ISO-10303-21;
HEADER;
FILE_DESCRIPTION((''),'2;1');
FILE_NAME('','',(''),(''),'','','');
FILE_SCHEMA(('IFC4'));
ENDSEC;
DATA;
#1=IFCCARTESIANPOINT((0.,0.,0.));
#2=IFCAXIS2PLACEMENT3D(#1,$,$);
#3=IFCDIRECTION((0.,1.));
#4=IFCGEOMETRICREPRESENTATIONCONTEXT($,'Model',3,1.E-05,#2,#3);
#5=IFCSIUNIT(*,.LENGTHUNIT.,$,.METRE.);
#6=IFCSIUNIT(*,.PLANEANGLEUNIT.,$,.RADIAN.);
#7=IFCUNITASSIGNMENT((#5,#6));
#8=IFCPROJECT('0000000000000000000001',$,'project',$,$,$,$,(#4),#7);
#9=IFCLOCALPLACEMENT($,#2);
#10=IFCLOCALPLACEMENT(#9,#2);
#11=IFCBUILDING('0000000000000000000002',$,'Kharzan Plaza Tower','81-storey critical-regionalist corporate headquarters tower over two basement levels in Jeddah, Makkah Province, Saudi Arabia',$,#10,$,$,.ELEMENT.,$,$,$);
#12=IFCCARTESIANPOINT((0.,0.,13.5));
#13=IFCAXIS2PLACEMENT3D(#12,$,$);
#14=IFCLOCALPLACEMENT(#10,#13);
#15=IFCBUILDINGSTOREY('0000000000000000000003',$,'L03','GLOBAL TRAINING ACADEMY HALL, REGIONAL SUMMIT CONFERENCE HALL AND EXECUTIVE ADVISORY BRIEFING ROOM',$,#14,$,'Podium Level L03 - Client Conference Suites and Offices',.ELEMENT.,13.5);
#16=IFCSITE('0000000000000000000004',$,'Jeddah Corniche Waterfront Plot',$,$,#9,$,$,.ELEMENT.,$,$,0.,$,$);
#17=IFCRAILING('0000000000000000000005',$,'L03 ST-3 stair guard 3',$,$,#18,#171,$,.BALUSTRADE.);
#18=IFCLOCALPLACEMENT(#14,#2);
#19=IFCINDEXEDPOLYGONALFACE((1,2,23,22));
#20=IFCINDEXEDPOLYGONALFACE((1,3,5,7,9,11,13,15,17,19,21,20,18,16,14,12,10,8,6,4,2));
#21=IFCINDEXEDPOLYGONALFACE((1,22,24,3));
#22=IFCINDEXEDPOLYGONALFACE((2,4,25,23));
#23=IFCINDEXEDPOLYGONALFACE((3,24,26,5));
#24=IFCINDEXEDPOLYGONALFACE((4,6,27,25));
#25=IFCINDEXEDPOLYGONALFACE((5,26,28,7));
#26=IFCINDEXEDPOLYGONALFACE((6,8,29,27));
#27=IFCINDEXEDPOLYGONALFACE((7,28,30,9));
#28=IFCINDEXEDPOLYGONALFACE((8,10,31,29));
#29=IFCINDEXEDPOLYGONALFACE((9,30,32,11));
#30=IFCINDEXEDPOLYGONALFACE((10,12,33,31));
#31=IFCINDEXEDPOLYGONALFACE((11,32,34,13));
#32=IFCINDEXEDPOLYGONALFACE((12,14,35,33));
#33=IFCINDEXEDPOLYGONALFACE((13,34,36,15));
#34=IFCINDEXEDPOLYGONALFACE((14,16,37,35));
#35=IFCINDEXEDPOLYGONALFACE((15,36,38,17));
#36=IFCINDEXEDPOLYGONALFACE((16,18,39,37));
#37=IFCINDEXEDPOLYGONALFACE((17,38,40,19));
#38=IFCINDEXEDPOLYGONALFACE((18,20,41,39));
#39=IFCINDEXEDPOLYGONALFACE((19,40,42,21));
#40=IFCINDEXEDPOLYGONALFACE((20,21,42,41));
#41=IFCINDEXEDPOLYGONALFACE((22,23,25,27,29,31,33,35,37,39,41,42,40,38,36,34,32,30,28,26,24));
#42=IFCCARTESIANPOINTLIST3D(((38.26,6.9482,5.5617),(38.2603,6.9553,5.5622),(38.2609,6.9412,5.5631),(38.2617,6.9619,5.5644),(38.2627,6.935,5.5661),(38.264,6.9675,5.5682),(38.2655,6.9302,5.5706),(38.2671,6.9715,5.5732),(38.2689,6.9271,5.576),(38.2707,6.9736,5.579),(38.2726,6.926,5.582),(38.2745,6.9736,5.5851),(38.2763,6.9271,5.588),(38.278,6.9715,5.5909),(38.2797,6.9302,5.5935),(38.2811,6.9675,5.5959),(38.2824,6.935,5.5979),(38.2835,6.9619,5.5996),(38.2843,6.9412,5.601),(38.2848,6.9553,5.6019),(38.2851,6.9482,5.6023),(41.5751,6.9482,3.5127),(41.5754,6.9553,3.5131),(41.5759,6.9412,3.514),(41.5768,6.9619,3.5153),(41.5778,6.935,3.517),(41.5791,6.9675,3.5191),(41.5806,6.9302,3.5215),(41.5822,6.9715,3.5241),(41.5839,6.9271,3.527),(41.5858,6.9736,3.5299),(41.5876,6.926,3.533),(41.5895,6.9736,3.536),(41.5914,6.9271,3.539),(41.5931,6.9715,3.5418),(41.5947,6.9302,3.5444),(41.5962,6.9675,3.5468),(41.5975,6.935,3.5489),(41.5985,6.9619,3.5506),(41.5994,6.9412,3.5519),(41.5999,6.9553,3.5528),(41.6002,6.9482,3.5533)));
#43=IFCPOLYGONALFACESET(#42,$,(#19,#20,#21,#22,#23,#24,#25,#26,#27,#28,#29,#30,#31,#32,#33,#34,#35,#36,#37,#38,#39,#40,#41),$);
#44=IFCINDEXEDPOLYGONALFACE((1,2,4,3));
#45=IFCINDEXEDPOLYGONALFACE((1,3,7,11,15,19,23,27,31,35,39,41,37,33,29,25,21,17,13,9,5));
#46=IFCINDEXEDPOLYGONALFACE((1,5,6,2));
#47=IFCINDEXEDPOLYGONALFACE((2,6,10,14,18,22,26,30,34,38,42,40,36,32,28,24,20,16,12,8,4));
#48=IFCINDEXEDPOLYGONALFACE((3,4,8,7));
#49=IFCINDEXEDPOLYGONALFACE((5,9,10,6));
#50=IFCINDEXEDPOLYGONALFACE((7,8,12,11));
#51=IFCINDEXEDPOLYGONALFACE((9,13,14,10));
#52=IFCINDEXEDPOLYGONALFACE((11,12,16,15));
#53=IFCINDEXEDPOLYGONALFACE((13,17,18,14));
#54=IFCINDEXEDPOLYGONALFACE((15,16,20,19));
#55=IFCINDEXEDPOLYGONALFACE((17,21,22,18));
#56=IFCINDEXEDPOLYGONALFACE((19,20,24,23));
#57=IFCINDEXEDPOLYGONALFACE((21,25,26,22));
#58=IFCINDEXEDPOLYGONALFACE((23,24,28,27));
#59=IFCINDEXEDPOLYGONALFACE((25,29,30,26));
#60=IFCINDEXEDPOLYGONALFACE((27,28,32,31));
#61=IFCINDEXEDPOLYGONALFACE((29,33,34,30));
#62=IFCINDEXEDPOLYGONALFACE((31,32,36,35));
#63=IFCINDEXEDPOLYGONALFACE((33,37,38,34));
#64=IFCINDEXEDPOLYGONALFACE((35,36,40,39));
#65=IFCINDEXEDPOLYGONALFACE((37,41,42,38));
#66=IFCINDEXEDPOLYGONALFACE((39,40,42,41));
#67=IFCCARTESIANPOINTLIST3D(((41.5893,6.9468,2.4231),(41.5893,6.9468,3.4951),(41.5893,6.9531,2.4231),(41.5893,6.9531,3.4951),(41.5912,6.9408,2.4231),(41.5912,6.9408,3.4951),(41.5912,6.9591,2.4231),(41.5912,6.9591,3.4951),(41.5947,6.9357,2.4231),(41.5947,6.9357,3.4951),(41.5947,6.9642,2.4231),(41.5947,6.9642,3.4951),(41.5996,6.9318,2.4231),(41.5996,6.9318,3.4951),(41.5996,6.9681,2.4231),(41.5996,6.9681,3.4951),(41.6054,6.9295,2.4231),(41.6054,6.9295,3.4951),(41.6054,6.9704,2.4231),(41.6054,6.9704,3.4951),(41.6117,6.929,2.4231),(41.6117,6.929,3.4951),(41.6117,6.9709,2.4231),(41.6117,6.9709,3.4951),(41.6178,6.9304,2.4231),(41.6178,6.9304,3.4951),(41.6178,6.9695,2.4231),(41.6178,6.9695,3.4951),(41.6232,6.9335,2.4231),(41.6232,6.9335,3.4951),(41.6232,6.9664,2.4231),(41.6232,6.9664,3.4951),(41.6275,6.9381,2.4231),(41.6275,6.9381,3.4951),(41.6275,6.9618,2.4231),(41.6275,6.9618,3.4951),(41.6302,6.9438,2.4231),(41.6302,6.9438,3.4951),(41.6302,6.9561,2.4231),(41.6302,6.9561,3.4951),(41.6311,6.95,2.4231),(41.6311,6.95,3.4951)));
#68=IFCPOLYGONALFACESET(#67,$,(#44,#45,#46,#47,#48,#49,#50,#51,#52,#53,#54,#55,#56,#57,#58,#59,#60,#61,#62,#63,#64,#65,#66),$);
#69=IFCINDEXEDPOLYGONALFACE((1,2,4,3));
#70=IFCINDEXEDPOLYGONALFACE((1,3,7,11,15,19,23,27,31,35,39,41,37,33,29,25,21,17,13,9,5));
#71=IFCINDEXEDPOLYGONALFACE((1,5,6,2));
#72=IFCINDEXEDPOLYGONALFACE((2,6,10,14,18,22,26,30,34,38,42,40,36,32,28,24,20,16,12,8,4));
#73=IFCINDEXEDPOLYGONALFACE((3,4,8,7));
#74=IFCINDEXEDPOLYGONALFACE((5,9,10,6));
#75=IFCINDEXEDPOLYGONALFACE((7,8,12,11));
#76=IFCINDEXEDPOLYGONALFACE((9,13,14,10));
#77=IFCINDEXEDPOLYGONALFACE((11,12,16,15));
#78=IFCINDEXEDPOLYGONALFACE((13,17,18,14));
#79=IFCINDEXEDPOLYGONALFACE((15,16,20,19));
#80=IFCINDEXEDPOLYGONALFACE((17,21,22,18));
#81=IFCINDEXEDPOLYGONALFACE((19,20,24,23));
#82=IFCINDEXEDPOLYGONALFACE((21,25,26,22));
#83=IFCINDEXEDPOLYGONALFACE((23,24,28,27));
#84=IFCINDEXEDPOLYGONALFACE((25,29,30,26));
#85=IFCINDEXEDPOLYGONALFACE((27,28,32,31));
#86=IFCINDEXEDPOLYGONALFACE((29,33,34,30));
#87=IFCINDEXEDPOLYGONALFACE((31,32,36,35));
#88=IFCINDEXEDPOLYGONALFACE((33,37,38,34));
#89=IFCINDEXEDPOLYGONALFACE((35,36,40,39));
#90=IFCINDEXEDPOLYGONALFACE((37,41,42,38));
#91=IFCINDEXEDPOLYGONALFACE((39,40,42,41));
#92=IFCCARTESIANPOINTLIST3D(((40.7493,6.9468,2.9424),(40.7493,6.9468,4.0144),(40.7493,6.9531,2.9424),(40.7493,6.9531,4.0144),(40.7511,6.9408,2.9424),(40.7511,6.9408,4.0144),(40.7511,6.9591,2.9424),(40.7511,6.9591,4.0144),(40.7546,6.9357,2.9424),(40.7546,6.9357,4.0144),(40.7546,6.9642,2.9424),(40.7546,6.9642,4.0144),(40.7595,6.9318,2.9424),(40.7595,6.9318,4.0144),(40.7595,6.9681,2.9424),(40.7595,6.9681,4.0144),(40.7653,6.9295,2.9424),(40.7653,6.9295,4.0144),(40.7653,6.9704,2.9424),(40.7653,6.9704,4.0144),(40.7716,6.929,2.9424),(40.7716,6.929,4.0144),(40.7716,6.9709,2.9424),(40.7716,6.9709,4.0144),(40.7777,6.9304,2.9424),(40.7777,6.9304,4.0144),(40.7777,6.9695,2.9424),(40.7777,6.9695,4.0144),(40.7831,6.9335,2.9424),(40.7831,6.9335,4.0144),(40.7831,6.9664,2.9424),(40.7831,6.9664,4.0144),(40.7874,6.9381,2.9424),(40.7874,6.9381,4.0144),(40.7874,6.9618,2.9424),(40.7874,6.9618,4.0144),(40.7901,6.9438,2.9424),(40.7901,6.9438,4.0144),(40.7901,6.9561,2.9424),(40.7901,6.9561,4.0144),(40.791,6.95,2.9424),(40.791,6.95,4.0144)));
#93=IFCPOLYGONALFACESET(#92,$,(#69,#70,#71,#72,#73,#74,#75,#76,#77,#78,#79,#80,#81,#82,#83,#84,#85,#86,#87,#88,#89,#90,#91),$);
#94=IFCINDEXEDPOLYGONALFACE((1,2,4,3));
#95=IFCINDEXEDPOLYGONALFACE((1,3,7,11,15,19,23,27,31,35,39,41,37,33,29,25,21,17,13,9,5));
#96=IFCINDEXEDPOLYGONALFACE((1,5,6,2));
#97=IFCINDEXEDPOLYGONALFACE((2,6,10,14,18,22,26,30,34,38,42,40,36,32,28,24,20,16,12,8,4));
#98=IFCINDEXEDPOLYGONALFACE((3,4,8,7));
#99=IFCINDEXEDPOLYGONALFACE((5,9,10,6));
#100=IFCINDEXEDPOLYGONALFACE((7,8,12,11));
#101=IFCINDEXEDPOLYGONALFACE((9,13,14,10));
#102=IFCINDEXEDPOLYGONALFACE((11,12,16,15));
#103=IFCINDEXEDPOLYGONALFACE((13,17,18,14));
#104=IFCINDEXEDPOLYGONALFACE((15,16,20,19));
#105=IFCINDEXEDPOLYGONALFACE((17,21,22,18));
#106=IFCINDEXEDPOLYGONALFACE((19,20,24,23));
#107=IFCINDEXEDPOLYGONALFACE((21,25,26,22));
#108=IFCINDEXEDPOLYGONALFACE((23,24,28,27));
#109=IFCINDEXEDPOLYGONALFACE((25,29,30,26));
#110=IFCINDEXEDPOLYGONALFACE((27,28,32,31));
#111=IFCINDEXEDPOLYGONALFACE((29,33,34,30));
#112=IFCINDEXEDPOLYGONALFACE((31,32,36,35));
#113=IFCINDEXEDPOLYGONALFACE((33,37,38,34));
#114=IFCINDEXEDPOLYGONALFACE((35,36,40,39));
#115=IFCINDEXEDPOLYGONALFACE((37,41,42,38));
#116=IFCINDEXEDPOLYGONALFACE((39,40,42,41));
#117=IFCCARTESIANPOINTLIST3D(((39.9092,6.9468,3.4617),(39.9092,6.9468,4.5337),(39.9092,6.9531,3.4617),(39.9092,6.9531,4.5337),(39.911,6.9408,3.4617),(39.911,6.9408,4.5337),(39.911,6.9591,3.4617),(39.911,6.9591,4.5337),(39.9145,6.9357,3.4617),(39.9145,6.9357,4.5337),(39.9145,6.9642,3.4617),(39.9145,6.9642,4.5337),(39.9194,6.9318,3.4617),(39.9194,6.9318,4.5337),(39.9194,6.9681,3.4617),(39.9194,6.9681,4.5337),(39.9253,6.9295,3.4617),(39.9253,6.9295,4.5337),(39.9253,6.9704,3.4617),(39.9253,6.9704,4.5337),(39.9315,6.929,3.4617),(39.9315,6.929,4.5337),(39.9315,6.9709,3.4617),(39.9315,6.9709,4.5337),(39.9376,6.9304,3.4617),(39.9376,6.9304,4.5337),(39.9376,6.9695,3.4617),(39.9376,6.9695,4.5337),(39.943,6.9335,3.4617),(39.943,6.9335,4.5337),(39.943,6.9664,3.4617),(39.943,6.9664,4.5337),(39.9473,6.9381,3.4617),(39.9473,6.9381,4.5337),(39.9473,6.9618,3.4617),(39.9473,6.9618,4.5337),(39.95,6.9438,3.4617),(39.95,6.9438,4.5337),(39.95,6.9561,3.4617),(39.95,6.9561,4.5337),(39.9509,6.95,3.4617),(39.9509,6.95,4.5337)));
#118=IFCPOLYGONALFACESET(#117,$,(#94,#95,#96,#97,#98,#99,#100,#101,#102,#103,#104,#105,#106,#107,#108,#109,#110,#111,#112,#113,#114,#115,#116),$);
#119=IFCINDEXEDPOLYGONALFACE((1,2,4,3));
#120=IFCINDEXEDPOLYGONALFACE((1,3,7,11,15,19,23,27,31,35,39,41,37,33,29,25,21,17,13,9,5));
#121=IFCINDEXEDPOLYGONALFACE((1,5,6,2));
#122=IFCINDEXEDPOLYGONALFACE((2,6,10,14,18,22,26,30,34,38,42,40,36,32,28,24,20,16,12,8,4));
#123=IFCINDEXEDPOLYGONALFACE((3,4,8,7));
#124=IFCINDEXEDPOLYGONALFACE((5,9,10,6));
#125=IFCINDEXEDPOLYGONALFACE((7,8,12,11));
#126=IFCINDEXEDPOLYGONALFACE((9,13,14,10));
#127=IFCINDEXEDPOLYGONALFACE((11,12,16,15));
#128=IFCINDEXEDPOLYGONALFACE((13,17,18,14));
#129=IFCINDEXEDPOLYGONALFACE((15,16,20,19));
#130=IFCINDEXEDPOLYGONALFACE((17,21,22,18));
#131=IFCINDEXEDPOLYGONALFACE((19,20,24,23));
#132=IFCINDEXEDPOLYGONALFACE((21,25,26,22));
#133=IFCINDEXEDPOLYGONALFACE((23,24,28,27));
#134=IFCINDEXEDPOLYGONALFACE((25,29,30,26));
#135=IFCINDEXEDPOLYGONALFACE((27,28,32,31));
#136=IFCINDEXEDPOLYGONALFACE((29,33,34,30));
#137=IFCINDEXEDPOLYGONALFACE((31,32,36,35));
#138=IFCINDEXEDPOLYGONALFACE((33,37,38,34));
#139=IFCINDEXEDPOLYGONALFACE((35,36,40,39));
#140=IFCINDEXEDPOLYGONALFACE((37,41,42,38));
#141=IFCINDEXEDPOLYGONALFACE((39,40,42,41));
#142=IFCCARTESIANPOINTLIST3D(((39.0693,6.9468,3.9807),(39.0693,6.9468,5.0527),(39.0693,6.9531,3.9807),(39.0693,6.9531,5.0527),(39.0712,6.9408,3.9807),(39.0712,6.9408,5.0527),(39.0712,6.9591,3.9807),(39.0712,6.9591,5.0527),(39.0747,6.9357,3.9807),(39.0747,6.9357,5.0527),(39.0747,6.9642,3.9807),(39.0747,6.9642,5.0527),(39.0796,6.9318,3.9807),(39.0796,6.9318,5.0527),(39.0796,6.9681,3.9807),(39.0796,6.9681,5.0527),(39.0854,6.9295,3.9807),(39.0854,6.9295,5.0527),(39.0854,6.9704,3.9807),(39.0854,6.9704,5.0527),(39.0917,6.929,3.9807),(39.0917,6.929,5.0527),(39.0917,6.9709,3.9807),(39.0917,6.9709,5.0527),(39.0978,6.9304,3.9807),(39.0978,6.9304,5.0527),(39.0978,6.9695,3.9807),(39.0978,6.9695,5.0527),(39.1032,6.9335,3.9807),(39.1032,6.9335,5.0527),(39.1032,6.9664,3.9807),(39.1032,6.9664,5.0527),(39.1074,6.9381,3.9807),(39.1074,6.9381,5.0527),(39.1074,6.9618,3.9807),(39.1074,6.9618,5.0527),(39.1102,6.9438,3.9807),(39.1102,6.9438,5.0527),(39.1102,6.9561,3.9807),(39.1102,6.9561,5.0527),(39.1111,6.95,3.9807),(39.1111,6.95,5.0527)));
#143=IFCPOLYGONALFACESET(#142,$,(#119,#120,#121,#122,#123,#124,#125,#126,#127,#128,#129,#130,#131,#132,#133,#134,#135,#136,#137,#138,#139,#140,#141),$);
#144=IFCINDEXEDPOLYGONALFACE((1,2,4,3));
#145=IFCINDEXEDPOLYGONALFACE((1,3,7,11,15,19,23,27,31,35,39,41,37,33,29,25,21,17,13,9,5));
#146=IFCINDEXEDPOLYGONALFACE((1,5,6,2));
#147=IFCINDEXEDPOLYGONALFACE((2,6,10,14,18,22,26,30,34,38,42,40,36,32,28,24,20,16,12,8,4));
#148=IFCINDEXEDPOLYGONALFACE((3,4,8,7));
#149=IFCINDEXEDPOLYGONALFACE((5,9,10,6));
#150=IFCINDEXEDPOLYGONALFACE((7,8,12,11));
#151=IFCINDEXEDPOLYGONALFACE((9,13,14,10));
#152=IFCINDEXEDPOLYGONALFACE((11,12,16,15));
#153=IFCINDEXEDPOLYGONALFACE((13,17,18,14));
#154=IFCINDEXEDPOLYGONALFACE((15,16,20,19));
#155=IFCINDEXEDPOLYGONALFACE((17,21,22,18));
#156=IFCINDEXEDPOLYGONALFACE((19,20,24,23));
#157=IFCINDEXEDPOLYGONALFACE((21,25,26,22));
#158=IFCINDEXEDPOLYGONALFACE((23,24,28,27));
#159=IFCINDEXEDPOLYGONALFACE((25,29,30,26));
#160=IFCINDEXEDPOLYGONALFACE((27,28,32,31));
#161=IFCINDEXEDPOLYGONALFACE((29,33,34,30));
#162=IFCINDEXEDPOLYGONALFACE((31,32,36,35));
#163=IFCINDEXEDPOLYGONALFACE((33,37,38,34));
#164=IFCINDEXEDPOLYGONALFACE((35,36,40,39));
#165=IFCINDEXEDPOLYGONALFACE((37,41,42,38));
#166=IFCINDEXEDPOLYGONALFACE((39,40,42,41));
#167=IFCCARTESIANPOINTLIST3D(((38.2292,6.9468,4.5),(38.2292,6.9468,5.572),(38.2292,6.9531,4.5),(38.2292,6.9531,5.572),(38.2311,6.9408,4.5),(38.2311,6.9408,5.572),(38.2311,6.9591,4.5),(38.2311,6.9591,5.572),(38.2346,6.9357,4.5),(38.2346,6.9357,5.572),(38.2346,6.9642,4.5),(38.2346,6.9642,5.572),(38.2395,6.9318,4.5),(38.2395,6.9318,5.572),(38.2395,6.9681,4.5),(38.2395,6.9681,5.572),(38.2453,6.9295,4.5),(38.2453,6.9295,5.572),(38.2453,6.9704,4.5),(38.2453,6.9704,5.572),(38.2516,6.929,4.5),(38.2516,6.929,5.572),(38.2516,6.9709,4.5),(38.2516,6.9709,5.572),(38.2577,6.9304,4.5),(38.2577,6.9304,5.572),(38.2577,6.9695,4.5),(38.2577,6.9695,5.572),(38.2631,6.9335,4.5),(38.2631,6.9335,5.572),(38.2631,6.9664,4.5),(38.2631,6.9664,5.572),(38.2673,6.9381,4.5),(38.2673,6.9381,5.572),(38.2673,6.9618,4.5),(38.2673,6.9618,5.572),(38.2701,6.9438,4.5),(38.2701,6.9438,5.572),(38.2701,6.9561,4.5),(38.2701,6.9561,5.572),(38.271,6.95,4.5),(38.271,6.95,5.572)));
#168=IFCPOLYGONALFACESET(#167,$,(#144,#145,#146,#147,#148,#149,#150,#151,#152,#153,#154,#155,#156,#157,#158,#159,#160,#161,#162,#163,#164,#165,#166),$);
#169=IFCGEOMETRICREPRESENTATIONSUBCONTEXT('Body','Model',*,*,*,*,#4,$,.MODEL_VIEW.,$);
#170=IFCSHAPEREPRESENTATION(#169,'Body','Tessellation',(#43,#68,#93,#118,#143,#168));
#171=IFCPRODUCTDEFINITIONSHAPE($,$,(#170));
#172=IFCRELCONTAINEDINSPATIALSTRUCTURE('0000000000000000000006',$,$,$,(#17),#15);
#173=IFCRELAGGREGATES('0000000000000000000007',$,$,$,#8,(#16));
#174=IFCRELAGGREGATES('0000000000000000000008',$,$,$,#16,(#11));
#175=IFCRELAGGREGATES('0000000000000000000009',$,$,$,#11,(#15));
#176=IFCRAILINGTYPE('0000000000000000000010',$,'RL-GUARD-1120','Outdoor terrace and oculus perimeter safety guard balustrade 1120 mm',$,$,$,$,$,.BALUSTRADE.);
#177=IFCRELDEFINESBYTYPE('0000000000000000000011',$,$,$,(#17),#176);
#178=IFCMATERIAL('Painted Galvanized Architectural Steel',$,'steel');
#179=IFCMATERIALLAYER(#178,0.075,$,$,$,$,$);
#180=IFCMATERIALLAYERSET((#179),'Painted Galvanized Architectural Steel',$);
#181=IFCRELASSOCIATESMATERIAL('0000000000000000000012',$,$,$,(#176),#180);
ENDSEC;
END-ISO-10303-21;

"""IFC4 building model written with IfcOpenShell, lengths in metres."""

from ifc_helpers import new_model, si_unit, direction, frame, origin, origin_2d, place, context, subcontext, project, spatial, circle, extrude, source, transform, mapped, material, layer, layer_set, type_object, element, save


model = new_model("IFC4")

# Units and contexts
model_context = context("Model", 3, precision=1e-05, world=origin(), true_north=direction((0.0, 1.0)))
body_context = subcontext(model_context, "Body", "Model", "MODEL_VIEW")
ifc_project = project(units=[si_unit("LENGTHUNIT", "METRE"), si_unit("PLANEANGLEUNIT", "RADIAN")], contexts=[model_context])

# Site, building, storey
site_placement = place(None, origin())
site = spatial("IfcSite", under=ifc_project, at=site_placement, Name="Jeddah Corniche Waterfront Plot", CompositionType="ELEMENT", RefElevation=0.0)
building_placement = place(site_placement, origin())
building = spatial("IfcBuilding", under=site, at=building_placement, Name="Kharzan Plaza Tower", Description="81-storey critical-regionalist corporate headquarters tower over two basement levels in Jeddah, Makkah Province, Saudi Arabia", CompositionType="ELEMENT")
storey_placement = place(building_placement, frame((0.0, 0.0, 13.5)))
storey = spatial("IfcBuildingStorey", under=building, at=storey_placement, Name="L03", Description="GLOBAL TRAINING ACADEMY HALL, REGIONAL SUMMIT CONFERENCE HALL AND EXECUTIVE ADVISORY BRIEFING ROOM", LongName="Podium Level L03 - Client Conference Suites and Offices", CompositionType="ELEMENT", Elevation=13.5)

# Railing
ifc_material_1 = material(Name="Painted Galvanized Architectural Steel", Category="steel")
ifc_layer_1 = layer(ifc_material_1, 0.075)
ifc_layer_set_1 = layer_set([ifc_layer_1], Name="Painted Galvanized Architectural Steel")
railing_type_1 = type_object("IfcRailingType", Name="RL-GUARD-1120", Description="Outdoor terrace and oculus perimeter safety guard balustrade 1120 mm", PredefinedType="BALUSTRADE", material=ifc_layer_set_1)
shared_shape_1 = source(origin(), body_context, "Body", "SweptSolid", [
    extrude(circle(Radius=0.0239, at=origin_2d()), frame((-0.0225, 0.0, 1.1099), z_axis=(-0.850623, 0.0, 0.525776), x_axis=(0.0, -1.0, 0.0)), (0.0, 0.0, 1.0), 3.8972),
    extrude(circle(Radius=0.021, at=origin_2d()), origin(), (0.0, 0.0, 1.0), 1.072),
    extrude(circle(Radius=0.021, at=origin_2d()), frame((-0.8401, 0.0, 0.5193)), (0.0, 0.0, 1.0), 1.072),
    extrude(circle(Radius=0.021, at=origin_2d()), frame((-1.6802, 0.0, 1.0386)), (0.0, 0.0, 1.0), 1.072),
    extrude(circle(Radius=0.021, at=origin_2d()), frame((-2.52, 0.0, 1.5576)), (0.0, 0.0, 1.0), 1.072),
    extrude(circle(Radius=0.021, at=origin_2d()), frame((-3.3601, 0.0, 2.0769)), (0.0, 0.0, 1.0), 1.072),
])
railing_1_placement = place(storey_placement, frame((41.6101, 6.95, 2.4231)))
element("IfcRailing", 1, at=railing_1_placement, inside=storey, type_object=railing_type_1, Name="L03 ST-3 stair guard 3", PredefinedType="BALUSTRADE", context=body_context, shape_type="MappedRepresentation", body=[
    mapped(shared_shape_1, transform((0.0, 0.0, 0.0), x_axis=(1.0, 0.0, 0.0), y_axis=(0.0, 1.0, 0.0), z_axis=(0.0, 0.0, 1.0))),
])

save(model, "model.ifc")
